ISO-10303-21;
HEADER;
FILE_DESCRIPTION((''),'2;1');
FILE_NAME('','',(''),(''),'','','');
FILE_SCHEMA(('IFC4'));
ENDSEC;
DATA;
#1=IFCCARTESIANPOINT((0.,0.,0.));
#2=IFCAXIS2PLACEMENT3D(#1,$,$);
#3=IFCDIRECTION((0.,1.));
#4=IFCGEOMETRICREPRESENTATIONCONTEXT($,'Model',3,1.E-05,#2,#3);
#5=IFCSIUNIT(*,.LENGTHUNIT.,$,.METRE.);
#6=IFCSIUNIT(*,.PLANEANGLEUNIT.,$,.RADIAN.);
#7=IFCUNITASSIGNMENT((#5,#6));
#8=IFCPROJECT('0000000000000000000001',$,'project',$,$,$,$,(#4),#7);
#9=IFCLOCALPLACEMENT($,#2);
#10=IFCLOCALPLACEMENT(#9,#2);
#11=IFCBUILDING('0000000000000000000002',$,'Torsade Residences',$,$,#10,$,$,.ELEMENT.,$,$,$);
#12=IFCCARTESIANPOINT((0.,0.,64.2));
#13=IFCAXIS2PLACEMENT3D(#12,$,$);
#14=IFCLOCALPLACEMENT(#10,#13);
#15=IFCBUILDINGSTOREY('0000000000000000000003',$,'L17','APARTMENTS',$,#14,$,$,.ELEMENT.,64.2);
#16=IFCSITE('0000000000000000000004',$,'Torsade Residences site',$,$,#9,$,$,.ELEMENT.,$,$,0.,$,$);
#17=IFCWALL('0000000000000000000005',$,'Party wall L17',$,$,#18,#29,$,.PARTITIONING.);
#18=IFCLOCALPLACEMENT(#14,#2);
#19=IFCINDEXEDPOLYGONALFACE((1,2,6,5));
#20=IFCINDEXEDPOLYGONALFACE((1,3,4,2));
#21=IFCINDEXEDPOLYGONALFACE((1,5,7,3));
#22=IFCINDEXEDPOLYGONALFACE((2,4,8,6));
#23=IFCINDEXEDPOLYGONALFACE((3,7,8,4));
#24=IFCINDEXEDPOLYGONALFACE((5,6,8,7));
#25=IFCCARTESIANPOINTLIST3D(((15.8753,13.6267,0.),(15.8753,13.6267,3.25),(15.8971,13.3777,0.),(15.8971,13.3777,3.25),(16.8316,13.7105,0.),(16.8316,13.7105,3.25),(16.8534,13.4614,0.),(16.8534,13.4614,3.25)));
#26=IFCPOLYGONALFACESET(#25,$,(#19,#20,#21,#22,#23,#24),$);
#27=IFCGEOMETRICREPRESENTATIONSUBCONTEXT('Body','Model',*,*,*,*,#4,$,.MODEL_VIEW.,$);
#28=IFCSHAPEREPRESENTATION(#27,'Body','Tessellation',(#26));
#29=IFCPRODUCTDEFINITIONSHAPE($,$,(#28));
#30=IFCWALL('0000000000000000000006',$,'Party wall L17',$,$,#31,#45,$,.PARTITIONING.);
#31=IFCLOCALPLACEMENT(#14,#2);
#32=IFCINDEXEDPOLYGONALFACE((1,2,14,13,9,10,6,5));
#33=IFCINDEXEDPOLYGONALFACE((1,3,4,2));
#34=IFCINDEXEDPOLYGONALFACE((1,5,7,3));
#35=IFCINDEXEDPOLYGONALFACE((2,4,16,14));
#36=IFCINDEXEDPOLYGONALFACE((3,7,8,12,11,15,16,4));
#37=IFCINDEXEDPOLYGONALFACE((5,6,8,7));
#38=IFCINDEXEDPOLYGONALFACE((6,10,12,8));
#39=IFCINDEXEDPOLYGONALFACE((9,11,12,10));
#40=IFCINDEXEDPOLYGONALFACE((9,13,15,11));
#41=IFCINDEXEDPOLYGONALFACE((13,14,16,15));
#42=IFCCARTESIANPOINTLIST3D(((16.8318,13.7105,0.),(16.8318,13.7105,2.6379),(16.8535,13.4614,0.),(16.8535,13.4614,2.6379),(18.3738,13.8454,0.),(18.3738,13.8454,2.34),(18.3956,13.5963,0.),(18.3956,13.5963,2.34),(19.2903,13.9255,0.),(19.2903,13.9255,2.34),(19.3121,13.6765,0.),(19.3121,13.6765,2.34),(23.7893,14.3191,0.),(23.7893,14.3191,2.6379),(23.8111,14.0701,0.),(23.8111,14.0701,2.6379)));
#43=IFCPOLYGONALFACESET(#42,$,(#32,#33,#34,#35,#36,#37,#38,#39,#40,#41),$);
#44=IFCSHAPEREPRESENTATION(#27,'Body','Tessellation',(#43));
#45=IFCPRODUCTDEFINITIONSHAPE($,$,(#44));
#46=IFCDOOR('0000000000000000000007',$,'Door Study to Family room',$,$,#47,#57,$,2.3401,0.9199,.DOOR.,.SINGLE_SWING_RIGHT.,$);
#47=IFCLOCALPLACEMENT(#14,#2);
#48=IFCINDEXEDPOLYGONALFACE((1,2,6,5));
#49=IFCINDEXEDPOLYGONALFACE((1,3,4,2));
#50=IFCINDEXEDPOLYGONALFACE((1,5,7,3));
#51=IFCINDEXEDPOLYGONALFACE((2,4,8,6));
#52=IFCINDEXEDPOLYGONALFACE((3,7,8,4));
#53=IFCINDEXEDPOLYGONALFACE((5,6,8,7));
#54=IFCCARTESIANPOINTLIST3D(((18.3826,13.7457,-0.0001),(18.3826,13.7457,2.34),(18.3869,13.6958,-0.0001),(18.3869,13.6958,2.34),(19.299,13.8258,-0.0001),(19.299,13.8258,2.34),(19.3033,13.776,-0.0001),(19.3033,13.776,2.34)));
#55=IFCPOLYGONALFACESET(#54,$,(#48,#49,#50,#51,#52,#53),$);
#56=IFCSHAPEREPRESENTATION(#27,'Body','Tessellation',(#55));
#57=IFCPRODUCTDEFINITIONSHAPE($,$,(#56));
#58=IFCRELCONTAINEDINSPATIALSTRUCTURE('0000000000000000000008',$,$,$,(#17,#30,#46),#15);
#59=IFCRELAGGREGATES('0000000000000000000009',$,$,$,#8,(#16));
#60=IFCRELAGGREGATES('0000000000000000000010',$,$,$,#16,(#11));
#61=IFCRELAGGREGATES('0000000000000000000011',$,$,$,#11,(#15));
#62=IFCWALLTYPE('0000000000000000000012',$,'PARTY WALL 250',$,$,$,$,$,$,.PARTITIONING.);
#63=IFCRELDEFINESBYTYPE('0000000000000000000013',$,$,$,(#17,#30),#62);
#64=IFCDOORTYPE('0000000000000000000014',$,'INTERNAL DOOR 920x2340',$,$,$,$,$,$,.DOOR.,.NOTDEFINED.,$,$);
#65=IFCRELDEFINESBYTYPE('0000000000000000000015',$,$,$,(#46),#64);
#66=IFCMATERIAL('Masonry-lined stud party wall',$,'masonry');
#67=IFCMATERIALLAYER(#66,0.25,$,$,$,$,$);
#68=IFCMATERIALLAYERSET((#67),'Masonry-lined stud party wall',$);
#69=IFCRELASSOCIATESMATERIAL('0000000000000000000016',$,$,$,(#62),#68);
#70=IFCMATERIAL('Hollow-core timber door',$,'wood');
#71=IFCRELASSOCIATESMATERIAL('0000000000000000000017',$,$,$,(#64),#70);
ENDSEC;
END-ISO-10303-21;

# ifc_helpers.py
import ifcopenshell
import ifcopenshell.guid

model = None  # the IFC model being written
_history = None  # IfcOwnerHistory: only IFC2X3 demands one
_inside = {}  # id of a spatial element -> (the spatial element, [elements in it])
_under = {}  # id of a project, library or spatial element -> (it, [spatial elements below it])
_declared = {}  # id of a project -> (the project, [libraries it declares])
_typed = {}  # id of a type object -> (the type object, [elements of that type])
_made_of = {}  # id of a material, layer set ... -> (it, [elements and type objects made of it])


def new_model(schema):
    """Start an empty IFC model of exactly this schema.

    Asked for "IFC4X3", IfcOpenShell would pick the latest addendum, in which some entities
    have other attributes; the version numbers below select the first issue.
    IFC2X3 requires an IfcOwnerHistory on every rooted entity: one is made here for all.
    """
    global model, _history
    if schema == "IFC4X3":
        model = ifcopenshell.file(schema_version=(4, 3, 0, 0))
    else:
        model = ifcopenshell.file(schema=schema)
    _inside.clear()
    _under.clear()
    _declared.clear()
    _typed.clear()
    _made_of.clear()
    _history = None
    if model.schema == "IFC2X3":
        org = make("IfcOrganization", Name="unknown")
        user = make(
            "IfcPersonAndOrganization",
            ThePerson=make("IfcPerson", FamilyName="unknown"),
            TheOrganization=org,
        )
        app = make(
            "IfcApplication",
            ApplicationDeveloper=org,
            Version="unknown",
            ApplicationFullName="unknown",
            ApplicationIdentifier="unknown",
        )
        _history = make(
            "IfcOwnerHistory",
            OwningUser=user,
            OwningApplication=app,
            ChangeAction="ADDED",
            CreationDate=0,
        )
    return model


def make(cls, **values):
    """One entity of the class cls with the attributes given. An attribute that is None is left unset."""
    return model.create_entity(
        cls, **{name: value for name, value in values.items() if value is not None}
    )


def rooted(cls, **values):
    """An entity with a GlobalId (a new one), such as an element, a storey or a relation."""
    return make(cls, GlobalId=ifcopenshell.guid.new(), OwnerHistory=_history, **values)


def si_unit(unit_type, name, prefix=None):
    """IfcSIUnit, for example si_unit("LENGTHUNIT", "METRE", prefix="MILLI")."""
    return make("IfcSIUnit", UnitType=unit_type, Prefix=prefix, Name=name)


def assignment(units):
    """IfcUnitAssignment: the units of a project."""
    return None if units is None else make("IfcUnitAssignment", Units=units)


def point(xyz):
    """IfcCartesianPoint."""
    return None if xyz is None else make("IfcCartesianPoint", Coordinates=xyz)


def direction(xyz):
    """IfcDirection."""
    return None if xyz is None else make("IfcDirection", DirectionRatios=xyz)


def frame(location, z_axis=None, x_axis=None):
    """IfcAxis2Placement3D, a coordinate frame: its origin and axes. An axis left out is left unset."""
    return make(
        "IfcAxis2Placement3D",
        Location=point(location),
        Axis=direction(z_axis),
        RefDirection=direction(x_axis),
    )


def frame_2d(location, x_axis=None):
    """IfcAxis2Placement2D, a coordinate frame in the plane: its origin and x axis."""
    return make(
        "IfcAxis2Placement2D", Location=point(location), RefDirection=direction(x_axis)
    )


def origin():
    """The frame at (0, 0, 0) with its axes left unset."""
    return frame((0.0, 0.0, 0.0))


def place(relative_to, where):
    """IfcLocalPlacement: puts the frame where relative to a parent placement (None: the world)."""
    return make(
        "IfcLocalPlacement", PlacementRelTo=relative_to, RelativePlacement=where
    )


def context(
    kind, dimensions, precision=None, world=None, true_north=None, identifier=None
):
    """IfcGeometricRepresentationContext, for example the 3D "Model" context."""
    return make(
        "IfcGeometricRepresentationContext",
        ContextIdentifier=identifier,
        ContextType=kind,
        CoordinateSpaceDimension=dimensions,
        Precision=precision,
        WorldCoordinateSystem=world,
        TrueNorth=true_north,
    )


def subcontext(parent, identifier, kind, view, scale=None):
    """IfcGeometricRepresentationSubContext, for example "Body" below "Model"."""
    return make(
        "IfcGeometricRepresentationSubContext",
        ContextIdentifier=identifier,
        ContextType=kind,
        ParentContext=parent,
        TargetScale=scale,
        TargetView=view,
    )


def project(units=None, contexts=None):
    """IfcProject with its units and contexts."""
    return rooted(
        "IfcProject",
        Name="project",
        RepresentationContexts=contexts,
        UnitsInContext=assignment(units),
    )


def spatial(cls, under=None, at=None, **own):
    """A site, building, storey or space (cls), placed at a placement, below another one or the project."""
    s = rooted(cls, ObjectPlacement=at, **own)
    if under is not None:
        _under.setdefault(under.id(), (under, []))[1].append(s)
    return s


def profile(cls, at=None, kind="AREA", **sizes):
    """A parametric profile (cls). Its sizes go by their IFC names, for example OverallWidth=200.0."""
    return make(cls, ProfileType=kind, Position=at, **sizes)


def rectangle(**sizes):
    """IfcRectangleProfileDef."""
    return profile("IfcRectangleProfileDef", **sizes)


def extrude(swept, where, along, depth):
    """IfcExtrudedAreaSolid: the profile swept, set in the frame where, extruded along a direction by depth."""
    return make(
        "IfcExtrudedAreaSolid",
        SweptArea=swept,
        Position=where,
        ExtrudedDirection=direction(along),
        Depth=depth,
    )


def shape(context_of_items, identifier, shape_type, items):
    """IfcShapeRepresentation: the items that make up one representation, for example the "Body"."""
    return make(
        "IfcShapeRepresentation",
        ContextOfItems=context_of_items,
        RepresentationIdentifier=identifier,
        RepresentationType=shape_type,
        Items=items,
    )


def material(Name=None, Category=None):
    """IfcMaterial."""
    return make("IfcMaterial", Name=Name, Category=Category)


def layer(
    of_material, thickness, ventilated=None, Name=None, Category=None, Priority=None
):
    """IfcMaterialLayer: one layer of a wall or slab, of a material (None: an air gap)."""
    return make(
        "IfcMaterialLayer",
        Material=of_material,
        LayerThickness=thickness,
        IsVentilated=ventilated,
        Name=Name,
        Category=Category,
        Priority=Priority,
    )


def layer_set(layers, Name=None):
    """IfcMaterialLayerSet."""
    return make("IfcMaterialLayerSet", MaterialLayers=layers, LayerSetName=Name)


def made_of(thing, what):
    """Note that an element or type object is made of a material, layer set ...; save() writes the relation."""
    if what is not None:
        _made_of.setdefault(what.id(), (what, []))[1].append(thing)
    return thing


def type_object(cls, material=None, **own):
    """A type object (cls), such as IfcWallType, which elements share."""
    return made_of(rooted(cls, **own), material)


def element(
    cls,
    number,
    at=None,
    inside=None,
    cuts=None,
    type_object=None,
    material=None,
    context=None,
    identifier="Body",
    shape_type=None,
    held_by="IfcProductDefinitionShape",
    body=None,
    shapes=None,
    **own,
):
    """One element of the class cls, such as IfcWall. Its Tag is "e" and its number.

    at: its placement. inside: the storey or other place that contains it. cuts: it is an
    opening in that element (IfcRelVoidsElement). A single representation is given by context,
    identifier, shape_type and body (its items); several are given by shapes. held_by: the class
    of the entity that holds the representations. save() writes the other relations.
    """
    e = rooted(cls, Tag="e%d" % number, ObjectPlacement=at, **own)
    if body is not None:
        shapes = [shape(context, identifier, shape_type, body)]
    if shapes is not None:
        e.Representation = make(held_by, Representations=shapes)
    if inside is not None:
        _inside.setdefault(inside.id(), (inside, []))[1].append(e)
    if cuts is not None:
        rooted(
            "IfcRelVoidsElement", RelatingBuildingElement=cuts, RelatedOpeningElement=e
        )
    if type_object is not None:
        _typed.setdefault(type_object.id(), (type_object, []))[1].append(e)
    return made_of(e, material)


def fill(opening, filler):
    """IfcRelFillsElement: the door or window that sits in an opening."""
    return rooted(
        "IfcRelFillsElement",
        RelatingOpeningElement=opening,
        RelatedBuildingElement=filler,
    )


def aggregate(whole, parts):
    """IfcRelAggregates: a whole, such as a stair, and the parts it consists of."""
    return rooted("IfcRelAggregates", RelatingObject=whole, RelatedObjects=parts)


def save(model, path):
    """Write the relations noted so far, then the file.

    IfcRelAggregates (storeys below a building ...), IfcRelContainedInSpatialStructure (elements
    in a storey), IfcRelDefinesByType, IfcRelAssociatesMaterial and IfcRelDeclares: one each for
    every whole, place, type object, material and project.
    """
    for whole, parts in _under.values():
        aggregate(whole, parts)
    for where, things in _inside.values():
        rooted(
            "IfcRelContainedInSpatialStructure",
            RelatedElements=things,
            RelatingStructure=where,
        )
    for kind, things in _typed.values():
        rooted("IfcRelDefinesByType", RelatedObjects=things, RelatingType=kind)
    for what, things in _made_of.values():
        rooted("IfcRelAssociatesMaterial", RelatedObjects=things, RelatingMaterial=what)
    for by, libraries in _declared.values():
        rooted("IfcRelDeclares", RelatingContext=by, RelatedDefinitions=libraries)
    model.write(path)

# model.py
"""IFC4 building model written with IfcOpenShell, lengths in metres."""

from ifc_helpers import new_model, si_unit, direction, frame, frame_2d, origin, place, context, subcontext, project, spatial, rectangle, extrude, material, layer, layer_set, type_object, element, fill, save


model = new_model("IFC4")

# Units and contexts
model_context = context("Model", 3, precision=1e-05, world=origin(), true_north=direction((0.0, 1.0)))
body_context = subcontext(model_context, "Body", "Model", "MODEL_VIEW")
ifc_project = project(units=[si_unit("LENGTHUNIT", "METRE"), si_unit("PLANEANGLEUNIT", "RADIAN")], contexts=[model_context])

# Site, building, storey
site_placement = place(None, origin())
site = spatial("IfcSite", under=ifc_project, at=site_placement, Name="Torsade Residences site", CompositionType="ELEMENT", RefElevation=0.0)
building_placement = place(site_placement, origin())
building = spatial("IfcBuilding", under=site, at=building_placement, Name="Torsade Residences", CompositionType="ELEMENT")
storey_placement = place(building_placement, frame((0.0, 0.0, 64.2)))
storey = spatial("IfcBuildingStorey", under=building, at=storey_placement, Name="L17", Description="APARTMENTS", CompositionType="ELEMENT", Elevation=64.2)

# Wall
ifc_material_1 = material(Name="Masonry-lined stud party wall", Category="masonry")
ifc_layer_1 = layer(ifc_material_1, 0.25)
ifc_layer_set_1 = layer_set([ifc_layer_1], Name="Masonry-lined stud party wall")
wall_type = type_object("IfcWallType", Name="PARTY WALL 250", PredefinedType="PARTITIONING", material=ifc_layer_set_1)
wall_1_placement = place(storey_placement, frame((15.8862, 13.5022, 0.0), z_axis=(0.0, 0.0, 1.0), x_axis=(0.996188, 0.087233, 0.0)))
element("IfcWall", 1, at=wall_1_placement, inside=storey, type_object=wall_type, Name="Party wall L17", PredefinedType="PARTITIONING", context=body_context, shape_type="SweptSolid", body=[
    extrude(rectangle(XDim=0.96, YDim=0.25, at=frame_2d((0.48, 0.0))), origin(), (0.0, 0.0, 1.0), 3.25),
])

# Wall, opening, door
wall_2_placement = place(storey_placement, frame((16.8425, 13.5859, 0.0), z_axis=(0.0, 0.0, 1.0), x_axis=(0.996195, 0.087147, 0.0)))
wall_2 = element("IfcWall", 2, at=wall_2_placement, inside=storey, type_object=wall_type, Name="Party wall L17", PredefinedType="PARTITIONING", context=body_context, shape_type="SweptSolid", body=[
    extrude(rectangle(XDim=6.9841, YDim=0.25, at=frame_2d((3.4922, 0.0))), origin(), (0.0, 0.0, 1.0), 2.6379),
])
opening_placement = place(wall_2_placement, frame((1.5481, 0.0, 0.0)))
opening = element("IfcOpeningElement", 3, at=opening_placement, cuts=wall_2, PredefinedType="OPENING", context=body_context, shape_type="SweptSolid", body=[
    extrude(rectangle(XDim=0.9199, YDim=2.3401, at=frame_2d((0.46, 1.1699))), frame((0.0, 0.135, 0.0), z_axis=(0.0, -1.0, 0.0), x_axis=(1.0, 0.0, 0.0)), (0.0, 0.0, 1.0), 0.27),
])
ifc_material_2 = material(Name="Hollow-core timber door", Category="wood")
door_type = type_object("IfcDoorType", Name="INTERNAL DOOR 920x2340", OperationType="NOTDEFINED", PredefinedType="DOOR", material=ifc_material_2)
door_placement = place(opening_placement, origin())
door = element("IfcDoor", 4, at=door_placement, inside=storey, type_object=door_type, Name="Door Study to Family room", OperationType="SINGLE_SWING_RIGHT", OverallHeight=2.3401, OverallWidth=0.9199, PredefinedType="DOOR", context=body_context, shape_type="SweptSolid", body=[
    extrude(rectangle(XDim=0.9199, YDim=2.3401, at=frame_2d((0.46, 1.1699))), frame((0.0, 0.0249, 0.0), z_axis=(0.0, -1.0, 0.0), x_axis=(1.0, 0.0, 0.0)), (0.0, 0.0, 1.0), 0.05),
])
fill(opening, door)

save(model, "model.ifc")
